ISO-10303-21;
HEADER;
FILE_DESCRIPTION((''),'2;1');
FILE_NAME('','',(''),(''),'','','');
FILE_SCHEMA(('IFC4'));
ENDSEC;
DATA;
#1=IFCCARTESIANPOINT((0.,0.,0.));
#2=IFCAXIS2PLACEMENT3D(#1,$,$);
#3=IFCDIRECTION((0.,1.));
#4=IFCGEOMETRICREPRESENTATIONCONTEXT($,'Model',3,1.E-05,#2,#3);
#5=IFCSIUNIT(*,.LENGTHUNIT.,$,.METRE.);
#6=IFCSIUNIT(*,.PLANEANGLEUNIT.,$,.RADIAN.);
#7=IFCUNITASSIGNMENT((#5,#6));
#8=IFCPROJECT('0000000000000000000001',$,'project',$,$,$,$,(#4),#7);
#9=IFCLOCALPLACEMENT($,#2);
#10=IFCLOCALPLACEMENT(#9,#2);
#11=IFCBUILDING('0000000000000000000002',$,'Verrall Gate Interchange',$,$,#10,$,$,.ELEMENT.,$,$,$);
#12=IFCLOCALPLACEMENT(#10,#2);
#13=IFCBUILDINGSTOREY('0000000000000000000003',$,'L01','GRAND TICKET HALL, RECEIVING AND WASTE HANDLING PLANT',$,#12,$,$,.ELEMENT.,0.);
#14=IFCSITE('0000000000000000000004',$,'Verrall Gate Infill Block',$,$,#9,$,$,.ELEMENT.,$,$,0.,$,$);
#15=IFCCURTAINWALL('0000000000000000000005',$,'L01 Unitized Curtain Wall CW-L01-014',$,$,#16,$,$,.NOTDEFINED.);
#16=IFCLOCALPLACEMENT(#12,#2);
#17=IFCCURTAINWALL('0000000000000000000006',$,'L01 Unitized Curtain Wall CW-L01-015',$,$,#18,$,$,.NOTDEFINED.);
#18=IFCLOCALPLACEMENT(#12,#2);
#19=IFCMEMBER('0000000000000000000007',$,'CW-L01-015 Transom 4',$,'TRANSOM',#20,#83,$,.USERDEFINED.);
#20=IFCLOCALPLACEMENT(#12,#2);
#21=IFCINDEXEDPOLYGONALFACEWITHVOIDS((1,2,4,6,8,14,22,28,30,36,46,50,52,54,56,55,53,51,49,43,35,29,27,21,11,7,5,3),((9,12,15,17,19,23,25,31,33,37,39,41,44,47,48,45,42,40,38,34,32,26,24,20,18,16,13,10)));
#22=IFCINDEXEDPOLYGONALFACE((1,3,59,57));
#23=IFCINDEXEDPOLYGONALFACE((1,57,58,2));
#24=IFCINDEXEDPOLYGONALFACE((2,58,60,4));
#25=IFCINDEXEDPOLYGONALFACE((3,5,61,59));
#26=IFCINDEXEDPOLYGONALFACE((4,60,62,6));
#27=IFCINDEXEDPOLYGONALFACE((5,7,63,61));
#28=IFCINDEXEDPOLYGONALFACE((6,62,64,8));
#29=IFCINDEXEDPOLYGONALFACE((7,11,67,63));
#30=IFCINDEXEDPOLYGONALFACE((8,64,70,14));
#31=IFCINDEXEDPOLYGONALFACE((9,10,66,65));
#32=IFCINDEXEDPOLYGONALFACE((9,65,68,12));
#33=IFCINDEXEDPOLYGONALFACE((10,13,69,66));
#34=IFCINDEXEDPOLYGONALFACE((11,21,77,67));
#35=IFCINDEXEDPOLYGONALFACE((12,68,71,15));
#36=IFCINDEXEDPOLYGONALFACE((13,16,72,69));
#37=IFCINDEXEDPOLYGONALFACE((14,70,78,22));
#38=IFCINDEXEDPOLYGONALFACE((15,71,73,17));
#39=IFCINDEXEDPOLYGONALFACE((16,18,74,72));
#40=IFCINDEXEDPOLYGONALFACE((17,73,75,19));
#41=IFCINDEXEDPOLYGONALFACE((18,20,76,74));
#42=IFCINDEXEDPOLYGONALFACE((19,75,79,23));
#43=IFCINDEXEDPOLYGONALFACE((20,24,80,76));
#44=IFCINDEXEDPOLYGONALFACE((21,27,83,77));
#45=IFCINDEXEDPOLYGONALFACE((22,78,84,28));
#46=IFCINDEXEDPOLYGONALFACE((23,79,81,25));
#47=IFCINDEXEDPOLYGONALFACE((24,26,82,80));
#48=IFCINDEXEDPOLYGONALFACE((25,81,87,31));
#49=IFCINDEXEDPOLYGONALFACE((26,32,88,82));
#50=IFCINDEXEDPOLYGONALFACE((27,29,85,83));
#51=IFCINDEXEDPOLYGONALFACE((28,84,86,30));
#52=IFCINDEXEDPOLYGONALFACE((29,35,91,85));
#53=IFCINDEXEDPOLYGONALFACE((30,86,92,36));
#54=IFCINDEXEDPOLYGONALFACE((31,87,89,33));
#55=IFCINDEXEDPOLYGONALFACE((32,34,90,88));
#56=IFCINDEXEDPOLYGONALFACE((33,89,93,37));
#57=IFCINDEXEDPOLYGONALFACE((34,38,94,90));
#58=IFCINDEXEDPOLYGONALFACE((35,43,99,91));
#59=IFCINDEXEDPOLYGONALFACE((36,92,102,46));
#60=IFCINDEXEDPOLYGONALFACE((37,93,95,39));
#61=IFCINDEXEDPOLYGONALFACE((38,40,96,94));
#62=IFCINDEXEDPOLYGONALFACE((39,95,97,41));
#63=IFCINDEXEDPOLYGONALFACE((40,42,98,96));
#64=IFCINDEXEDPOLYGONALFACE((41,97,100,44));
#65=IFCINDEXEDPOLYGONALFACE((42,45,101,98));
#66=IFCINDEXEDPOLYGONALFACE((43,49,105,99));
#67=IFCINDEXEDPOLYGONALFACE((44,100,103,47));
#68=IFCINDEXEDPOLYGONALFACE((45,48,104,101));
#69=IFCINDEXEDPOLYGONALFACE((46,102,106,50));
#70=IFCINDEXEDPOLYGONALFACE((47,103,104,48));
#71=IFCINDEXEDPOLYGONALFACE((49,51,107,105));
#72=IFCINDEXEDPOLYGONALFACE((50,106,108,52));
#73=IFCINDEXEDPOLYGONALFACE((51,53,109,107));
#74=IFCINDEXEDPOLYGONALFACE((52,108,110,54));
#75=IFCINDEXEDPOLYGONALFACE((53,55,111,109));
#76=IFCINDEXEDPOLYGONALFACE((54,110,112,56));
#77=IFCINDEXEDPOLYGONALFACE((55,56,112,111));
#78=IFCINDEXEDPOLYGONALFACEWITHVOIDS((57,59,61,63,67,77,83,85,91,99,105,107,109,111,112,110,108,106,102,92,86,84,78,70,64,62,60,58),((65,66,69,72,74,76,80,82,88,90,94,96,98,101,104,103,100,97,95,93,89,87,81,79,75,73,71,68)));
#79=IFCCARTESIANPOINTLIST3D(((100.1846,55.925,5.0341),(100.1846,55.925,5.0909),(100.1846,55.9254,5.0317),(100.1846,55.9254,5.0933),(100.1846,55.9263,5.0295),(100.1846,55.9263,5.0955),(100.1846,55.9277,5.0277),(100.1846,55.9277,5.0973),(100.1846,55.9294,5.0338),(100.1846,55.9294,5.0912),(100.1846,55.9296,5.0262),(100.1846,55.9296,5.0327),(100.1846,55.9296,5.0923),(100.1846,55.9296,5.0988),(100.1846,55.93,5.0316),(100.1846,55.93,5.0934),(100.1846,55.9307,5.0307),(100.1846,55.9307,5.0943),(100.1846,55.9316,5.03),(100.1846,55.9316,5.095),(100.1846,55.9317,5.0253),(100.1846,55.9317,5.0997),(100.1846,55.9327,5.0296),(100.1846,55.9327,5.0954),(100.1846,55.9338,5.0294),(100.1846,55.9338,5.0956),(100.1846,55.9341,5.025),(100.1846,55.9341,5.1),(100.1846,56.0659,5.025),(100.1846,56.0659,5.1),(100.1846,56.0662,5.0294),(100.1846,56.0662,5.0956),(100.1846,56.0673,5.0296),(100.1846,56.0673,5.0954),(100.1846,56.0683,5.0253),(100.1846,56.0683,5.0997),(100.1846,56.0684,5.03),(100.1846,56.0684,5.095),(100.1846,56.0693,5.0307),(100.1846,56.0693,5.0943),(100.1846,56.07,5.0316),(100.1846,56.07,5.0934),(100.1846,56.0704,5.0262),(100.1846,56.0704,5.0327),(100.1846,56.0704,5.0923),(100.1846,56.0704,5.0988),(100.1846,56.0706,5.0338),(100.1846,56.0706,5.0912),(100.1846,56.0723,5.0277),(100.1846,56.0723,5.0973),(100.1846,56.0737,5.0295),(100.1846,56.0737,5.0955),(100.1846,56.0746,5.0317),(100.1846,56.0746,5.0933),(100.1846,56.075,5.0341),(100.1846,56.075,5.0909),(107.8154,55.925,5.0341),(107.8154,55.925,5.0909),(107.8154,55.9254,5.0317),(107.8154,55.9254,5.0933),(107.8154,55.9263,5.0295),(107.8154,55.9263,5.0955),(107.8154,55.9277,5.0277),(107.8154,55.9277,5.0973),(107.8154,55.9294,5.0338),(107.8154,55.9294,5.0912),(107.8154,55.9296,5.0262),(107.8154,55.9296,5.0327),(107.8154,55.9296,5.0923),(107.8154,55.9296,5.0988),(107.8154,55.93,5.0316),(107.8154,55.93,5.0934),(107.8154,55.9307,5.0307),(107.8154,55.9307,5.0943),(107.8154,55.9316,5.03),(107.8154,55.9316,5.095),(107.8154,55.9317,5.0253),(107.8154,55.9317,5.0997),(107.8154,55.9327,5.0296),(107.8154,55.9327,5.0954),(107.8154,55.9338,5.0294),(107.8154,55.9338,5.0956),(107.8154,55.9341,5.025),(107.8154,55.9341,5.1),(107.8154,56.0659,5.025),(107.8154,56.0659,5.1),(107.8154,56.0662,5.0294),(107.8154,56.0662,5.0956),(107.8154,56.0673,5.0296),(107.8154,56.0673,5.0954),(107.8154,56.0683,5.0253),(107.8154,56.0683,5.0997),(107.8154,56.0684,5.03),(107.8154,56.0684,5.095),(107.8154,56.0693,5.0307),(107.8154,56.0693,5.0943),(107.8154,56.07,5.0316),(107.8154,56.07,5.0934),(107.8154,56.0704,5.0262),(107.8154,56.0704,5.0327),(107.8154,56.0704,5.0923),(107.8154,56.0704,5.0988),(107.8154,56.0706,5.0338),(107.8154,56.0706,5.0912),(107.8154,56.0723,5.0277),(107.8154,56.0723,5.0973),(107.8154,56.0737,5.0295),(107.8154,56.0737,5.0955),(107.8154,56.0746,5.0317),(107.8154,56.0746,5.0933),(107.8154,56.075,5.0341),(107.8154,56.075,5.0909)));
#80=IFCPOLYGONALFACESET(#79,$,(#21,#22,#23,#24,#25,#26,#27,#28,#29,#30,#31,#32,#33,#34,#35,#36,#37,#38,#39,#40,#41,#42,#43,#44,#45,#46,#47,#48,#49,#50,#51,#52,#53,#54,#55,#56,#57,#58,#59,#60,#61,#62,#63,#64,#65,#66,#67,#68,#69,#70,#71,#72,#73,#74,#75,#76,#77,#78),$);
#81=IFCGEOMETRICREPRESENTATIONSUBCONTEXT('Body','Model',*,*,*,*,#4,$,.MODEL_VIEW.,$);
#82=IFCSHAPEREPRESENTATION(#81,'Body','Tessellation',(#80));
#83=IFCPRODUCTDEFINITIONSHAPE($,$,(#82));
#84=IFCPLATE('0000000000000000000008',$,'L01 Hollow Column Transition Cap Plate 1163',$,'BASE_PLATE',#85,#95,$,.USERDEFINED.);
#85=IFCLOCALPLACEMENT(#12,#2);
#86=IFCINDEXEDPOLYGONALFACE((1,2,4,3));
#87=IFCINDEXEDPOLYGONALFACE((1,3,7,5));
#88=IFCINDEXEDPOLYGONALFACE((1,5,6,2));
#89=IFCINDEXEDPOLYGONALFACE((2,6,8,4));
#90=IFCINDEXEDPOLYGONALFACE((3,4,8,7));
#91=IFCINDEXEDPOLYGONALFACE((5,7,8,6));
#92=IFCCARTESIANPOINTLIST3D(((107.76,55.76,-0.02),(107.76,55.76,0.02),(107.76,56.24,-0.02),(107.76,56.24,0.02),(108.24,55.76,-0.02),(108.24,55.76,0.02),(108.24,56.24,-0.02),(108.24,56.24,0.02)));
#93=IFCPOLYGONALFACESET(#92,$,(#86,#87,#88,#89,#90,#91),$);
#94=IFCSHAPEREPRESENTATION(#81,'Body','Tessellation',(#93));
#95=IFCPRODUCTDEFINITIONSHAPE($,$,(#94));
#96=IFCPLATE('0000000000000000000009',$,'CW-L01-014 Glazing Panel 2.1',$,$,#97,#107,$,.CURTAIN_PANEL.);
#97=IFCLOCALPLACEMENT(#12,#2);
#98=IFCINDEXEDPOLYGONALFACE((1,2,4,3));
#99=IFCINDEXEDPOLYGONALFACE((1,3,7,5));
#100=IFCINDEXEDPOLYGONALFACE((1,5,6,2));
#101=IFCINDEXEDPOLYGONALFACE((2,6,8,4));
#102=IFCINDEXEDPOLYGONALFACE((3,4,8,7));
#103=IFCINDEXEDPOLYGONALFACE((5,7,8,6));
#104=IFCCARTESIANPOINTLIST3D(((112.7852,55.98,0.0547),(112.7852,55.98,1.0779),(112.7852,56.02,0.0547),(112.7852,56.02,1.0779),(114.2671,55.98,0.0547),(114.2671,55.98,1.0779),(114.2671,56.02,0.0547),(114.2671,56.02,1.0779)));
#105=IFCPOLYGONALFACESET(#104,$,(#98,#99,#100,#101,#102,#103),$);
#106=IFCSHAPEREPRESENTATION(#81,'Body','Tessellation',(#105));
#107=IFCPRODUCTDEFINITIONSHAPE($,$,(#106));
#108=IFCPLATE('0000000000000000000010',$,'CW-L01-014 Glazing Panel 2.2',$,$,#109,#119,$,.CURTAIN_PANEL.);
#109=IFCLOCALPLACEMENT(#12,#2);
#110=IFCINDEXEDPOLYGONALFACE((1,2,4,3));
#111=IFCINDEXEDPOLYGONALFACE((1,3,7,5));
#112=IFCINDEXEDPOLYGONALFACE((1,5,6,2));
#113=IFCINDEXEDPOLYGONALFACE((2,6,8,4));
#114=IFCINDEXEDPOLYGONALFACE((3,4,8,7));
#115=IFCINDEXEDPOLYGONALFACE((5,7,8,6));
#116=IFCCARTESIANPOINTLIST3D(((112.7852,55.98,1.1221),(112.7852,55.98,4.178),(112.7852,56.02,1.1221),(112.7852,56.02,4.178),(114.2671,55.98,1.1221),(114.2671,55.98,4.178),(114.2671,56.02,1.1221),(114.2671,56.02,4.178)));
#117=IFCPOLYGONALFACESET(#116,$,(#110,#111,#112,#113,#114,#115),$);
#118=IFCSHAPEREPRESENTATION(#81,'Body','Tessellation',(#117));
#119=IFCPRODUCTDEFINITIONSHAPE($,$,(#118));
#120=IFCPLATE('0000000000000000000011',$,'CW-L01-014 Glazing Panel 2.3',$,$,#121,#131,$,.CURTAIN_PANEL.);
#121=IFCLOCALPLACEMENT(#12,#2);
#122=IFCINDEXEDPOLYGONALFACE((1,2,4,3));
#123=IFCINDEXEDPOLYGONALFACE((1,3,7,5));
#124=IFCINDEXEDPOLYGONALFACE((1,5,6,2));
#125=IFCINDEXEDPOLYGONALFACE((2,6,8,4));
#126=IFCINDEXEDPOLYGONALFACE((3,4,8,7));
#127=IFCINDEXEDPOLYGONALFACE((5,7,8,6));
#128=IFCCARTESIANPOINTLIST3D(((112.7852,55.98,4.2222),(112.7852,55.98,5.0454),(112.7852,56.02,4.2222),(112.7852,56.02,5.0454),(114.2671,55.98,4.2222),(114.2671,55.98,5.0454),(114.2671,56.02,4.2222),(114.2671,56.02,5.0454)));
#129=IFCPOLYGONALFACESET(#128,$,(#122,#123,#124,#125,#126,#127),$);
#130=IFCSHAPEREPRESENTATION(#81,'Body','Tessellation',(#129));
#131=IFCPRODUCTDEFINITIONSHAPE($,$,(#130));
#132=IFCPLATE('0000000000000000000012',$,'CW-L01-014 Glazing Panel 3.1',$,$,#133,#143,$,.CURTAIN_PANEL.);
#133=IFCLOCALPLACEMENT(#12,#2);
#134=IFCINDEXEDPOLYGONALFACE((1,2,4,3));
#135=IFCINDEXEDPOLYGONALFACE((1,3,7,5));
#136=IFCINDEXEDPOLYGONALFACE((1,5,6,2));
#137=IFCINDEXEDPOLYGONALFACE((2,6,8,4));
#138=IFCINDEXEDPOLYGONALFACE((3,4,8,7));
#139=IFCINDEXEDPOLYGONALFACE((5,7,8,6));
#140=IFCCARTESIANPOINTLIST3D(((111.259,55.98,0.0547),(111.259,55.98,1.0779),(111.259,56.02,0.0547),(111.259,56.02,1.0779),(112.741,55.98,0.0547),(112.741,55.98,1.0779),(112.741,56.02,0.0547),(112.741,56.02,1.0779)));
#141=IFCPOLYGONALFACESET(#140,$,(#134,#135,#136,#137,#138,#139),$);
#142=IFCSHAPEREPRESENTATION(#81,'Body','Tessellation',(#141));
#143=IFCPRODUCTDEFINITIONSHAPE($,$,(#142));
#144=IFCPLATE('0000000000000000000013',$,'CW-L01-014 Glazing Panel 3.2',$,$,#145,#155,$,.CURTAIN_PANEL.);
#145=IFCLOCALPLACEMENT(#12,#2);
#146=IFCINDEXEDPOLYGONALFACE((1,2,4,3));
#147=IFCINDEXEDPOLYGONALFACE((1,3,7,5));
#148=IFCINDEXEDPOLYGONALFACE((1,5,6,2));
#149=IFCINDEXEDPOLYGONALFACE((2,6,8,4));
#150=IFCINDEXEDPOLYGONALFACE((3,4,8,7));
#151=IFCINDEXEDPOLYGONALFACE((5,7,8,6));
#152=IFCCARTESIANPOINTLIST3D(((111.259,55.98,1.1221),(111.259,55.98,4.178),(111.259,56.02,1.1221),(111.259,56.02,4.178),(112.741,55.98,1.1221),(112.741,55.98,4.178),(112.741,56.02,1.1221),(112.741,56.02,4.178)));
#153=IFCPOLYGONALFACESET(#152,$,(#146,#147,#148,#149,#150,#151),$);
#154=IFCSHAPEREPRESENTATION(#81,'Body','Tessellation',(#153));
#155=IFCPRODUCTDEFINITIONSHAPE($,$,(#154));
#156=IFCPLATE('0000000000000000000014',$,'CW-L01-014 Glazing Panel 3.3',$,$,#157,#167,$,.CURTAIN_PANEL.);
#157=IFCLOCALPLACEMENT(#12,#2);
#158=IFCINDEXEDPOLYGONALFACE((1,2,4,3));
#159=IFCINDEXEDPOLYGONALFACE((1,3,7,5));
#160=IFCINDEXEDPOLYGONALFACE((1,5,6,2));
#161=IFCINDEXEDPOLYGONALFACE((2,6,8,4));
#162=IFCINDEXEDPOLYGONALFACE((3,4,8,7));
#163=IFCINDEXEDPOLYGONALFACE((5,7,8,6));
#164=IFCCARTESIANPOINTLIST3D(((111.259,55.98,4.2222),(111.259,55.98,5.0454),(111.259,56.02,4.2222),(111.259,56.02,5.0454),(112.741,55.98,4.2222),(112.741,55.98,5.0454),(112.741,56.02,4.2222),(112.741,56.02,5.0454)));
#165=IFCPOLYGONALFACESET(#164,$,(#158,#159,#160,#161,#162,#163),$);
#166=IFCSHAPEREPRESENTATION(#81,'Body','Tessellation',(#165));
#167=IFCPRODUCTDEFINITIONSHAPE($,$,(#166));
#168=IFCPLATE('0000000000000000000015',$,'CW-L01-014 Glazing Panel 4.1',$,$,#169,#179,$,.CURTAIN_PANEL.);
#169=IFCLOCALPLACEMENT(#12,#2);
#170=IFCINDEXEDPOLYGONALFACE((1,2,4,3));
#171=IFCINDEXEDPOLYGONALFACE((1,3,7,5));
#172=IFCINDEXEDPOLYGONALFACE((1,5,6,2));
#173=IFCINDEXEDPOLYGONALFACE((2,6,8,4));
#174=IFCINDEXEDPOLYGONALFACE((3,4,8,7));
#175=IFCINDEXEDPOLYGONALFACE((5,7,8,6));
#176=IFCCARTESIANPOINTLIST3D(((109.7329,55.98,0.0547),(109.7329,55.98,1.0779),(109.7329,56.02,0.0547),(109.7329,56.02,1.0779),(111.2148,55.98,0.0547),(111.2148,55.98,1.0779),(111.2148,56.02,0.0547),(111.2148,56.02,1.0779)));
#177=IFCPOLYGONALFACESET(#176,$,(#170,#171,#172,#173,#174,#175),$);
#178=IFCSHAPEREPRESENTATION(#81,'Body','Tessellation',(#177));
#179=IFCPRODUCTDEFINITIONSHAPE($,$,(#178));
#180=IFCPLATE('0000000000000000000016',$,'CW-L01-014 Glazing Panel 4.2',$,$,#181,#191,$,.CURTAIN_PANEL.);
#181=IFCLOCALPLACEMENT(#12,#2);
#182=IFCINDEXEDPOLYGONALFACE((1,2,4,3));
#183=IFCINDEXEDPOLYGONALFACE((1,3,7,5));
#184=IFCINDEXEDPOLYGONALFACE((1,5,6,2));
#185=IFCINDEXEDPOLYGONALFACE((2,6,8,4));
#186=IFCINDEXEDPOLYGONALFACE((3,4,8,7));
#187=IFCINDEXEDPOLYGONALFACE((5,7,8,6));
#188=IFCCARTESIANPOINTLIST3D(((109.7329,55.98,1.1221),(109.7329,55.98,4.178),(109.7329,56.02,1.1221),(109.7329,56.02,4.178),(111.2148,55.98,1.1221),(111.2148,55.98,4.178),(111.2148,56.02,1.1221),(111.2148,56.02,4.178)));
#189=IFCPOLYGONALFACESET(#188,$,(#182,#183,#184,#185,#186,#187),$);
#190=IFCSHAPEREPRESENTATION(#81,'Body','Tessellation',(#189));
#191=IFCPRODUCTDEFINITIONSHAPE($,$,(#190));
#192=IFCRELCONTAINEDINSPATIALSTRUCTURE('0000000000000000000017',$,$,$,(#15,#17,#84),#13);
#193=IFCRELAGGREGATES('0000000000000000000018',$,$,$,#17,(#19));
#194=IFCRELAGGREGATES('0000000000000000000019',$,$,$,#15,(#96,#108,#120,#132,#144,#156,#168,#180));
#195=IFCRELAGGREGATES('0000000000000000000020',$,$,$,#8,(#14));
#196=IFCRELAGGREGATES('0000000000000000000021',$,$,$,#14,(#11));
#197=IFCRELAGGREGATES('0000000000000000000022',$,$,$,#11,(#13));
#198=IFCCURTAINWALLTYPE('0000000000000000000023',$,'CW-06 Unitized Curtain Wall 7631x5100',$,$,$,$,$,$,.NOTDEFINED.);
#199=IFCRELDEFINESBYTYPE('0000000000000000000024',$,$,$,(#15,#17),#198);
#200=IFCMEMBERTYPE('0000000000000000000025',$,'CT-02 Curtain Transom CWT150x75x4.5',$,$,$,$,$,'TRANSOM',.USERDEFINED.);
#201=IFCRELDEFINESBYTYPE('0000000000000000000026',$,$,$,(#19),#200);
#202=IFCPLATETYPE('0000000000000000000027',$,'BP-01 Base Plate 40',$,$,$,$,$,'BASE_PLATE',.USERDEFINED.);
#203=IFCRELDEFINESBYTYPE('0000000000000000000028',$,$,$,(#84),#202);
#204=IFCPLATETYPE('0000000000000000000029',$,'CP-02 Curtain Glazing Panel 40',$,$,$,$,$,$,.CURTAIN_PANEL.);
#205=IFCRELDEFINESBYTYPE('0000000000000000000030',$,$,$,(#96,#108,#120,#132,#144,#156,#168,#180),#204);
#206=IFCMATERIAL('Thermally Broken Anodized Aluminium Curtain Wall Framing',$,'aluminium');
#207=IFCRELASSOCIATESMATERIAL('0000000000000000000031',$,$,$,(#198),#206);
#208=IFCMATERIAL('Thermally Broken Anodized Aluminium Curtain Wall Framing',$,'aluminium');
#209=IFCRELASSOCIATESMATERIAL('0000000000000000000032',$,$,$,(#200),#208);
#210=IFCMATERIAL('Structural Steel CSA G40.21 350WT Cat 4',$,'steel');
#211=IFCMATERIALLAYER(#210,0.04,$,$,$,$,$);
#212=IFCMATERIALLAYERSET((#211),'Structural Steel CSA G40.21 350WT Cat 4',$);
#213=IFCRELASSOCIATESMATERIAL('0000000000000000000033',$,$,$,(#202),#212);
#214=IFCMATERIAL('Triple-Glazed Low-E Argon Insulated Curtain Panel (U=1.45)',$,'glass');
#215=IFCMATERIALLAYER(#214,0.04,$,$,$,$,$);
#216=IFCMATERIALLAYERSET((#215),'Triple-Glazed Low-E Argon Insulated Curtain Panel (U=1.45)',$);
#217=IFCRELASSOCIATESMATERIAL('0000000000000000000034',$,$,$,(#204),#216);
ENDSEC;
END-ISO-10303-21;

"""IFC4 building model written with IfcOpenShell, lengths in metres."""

from ifc_helpers import new_model, si_unit, direction, frame, origin, origin_2d, place, context, subcontext, project, spatial, rectangle, hollow_rectangle, extrude, material, layer, layer_set, material_profile, profile_set, type_object, element, aggregate, save


model = new_model("IFC4")

# Units and contexts
model_context = context("Model", 3, precision=1e-05, world=origin(), true_north=direction((0.0, 1.0)))
body_context = subcontext(model_context, "Body", "Model", "MODEL_VIEW")
ifc_project = project(units=[si_unit("LENGTHUNIT", "METRE"), si_unit("PLANEANGLEUNIT", "RADIAN")], contexts=[model_context])

# Site, building, storey
site_placement = place(None, origin())
site = spatial("IfcSite", under=ifc_project, at=site_placement, Name="Verrall Gate Infill Block", CompositionType="ELEMENT", RefElevation=0.0)
building_placement = place(site_placement, origin())
building = spatial("IfcBuilding", under=site, at=building_placement, Name="Verrall Gate Interchange", CompositionType="ELEMENT")
storey_placement = place(building_placement, origin())
storey = spatial("IfcBuildingStorey", under=building, at=storey_placement, Name="L01", Description="GRAND TICKET HALL, RECEIVING AND WASTE HANDLING PLANT", CompositionType="ELEMENT", Elevation=0.0)

# Curtain wall
ifc_material_1 = material(Name="Thermally Broken Anodized Aluminium Curtain Wall Framing", Category="aluminium")
curtain_wall_type = type_object("IfcCurtainWallType", Name="CW-06 Unitized Curtain Wall 7631x5100", PredefinedType="NOTDEFINED", material=ifc_material_1)
curtain_wall_1_placement = place(storey_placement, origin())
curtain_wall_1 = element("IfcCurtainWall", 1, at=curtain_wall_1_placement, inside=storey, type_object=curtain_wall_type, Name="L01 Unitized Curtain Wall CW-L01-014", PredefinedType="NOTDEFINED")

# Curtain wall, member
curtain_wall_2_placement = place(storey_placement, origin())
curtain_wall_2 = element("IfcCurtainWall", 2, at=curtain_wall_2_placement, inside=storey, type_object=curtain_wall_type, Name="L01 Unitized Curtain Wall CW-L01-015", PredefinedType="NOTDEFINED")
ifc_material_2 = material(Name="Thermally Broken Anodized Aluminium Curtain Wall Framing", Category="aluminium")
ifc_material_profile_1 = material_profile(ifc_material_2, hollow_rectangle(XDim=0.1499, YDim=0.075, WallThickness=0.0044, InnerFilletRadius=0.0044, OuterFilletRadius=0.009, at=origin_2d()), Name="CWT150x75x4.5")
ifc_profile_set_1 = profile_set([ifc_material_profile_1], Name="Thermally Broken Anodized Aluminium Curtain Wall Framing")
member_type_1 = type_object("IfcMemberType", Name="CT-02 Curtain Transom CWT150x75x4.5", ElementType="TRANSOM", PredefinedType="USERDEFINED", material=ifc_profile_set_1)
member_1_placement = place(storey_placement, frame((107.8154, 56.0, 5.0625), z_axis=(-1.0, 0.0, 0.0), x_axis=(0.0, -1.0, 0.0)))
member_1 = element("IfcMember", 3, at=member_1_placement, type_object=member_type_1, Name="CW-L01-015 Transom 4", ObjectType="TRANSOM", PredefinedType="USERDEFINED", context=body_context, shape_type="SweptSolid", body=[
    extrude(hollow_rectangle(XDim=0.1499, YDim=0.075, WallThickness=0.0044, InnerFilletRadius=0.0044, OuterFilletRadius=0.009, at=origin_2d()), origin(), (0.0, 0.0, 1.0), 7.6309),
])
aggregate(curtain_wall_2, [member_1])

# Plates
ifc_material_3 = material(Name="Structural Steel CSA G40.21 350WT Cat 4", Category="steel")
ifc_layer_1 = layer(ifc_material_3, 0.04)
ifc_layer_set_1 = layer_set([ifc_layer_1], Name="Structural Steel CSA G40.21 350WT Cat 4")
plate_type_1 = type_object("IfcPlateType", Name="BP-01 Base Plate 40", ElementType="BASE_PLATE", PredefinedType="USERDEFINED", material=ifc_layer_set_1)
plate_1_placement = place(storey_placement, frame((108.0, 56.0, -0.02), z_axis=(0.0, 0.0, 1.0), x_axis=(1.0, 0.0, 0.0)))
element("IfcPlate", 4, at=plate_1_placement, inside=storey, type_object=plate_type_1, Name="L01 Hollow Column Transition Cap Plate 1163", ObjectType="BASE_PLATE", PredefinedType="USERDEFINED", context=body_context, shape_type="SweptSolid", body=[
    extrude(rectangle(XDim=0.48, YDim=0.48, at=origin_2d()), origin(), (0.0, 0.0, 1.0), 0.04),
])
ifc_material_4 = material(Name="Triple-Glazed Low-E Argon Insulated Curtain Panel (U=1.45)", Category="glass")
ifc_layer_2 = layer(ifc_material_4, 0.04)
ifc_layer_set_2 = layer_set([ifc_layer_2], Name="Triple-Glazed Low-E Argon Insulated Curtain Panel (U=1.45)")
plate_type_2 = type_object("IfcPlateType", Name="CP-02 Curtain Glazing Panel 40", PredefinedType="CURTAIN_PANEL", material=ifc_layer_set_2)
plate_2_placement = place(storey_placement, frame((113.5261, 56.0, 0.0547), z_axis=(0.0, 0.0, 1.0), x_axis=(-1.0, 0.0, 0.0)))
plate_2 = element("IfcPlate", 5, at=plate_2_placement, type_object=plate_type_2, Name="CW-L01-014 Glazing Panel 2.1", PredefinedType="CURTAIN_PANEL", context=body_context, shape_type="SweptSolid", body=[
    extrude(rectangle(XDim=1.4819, YDim=0.04, at=origin_2d()), origin(), (0.0, 0.0, 1.0), 1.0232),
])
plate_3_placement = place(storey_placement, frame((113.5261, 56.0, 1.1221), z_axis=(0.0, 0.0, 1.0), x_axis=(-1.0, 0.0, 0.0)))
plate_3 = element("IfcPlate", 6, at=plate_3_placement, type_object=plate_type_2, Name="CW-L01-014 Glazing Panel 2.2", PredefinedType="CURTAIN_PANEL", context=body_context, shape_type="SweptSolid", body=[
    extrude(rectangle(XDim=1.4819, YDim=0.04, at=origin_2d()), origin(), (0.0, 0.0, 1.0), 3.0559),
])
plate_4_placement = place(storey_placement, frame((113.5261, 56.0, 4.2222), z_axis=(0.0, 0.0, 1.0), x_axis=(-1.0, 0.0, 0.0)))
plate_4 = element("IfcPlate", 7, at=plate_4_placement, type_object=plate_type_2, Name="CW-L01-014 Glazing Panel 2.3", PredefinedType="CURTAIN_PANEL", context=body_context, shape_type="SweptSolid", body=[
    extrude(rectangle(XDim=1.4819, YDim=0.04, at=origin_2d()), origin(), (0.0, 0.0, 1.0), 0.8232),
])
plate_5_placement = place(storey_placement, frame((112.0, 56.0, 0.0547), z_axis=(0.0, 0.0, 1.0), x_axis=(-1.0, 0.0, 0.0)))
plate_5 = element("IfcPlate", 8, at=plate_5_placement, type_object=plate_type_2, Name="CW-L01-014 Glazing Panel 3.1", PredefinedType="CURTAIN_PANEL", context=body_context, shape_type="SweptSolid", body=[
    extrude(rectangle(XDim=1.4819, YDim=0.04, at=origin_2d()), origin(), (0.0, 0.0, 1.0), 1.0232),
])
plate_6_placement = place(storey_placement, frame((112.0, 56.0, 1.1221), z_axis=(0.0, 0.0, 1.0), x_axis=(-1.0, 0.0, 0.0)))
plate_6 = element("IfcPlate", 9, at=plate_6_placement, type_object=plate_type_2, Name="CW-L01-014 Glazing Panel 3.2", PredefinedType="CURTAIN_PANEL", context=body_context, shape_type="SweptSolid", body=[
    extrude(rectangle(XDim=1.4819, YDim=0.04, at=origin_2d()), origin(), (0.0, 0.0, 1.0), 3.0559),
])
plate_7_placement = place(storey_placement, frame((112.0, 56.0, 4.2222), z_axis=(0.0, 0.0, 1.0), x_axis=(-1.0, 0.0, 0.0)))
plate_7 = element("IfcPlate", 10, at=plate_7_placement, type_object=plate_type_2, Name="CW-L01-014 Glazing Panel 3.3", PredefinedType="CURTAIN_PANEL", context=body_context, shape_type="SweptSolid", body=[
    extrude(rectangle(XDim=1.4819, YDim=0.04, at=origin_2d()), origin(), (0.0, 0.0, 1.0), 0.8232),
])
plate_8_placement = place(storey_placement, frame((110.4739, 56.0, 0.0547), z_axis=(0.0, 0.0, 1.0), x_axis=(-1.0, 0.0, 0.0)))
plate_8 = element("IfcPlate", 11, at=plate_8_placement, type_object=plate_type_2, Name="CW-L01-014 Glazing Panel 4.1", PredefinedType="CURTAIN_PANEL", context=body_context, shape_type="SweptSolid", body=[
    extrude(rectangle(XDim=1.4819, YDim=0.04, at=origin_2d()), origin(), (0.0, 0.0, 1.0), 1.0232),
])
plate_9_placement = place(storey_placement, frame((110.4739, 56.0, 1.1221), z_axis=(0.0, 0.0, 1.0), x_axis=(-1.0, 0.0, 0.0)))
plate_9 = element("IfcPlate", 12, at=plate_9_placement, type_object=plate_type_2, Name="CW-L01-014 Glazing Panel 4.2", PredefinedType="CURTAIN_PANEL", context=body_context, shape_type="SweptSolid", body=[
    extrude(rectangle(XDim=1.4819, YDim=0.04, at=origin_2d()), origin(), (0.0, 0.0, 1.0), 3.0559),
])
aggregate(curtain_wall_1, [plate_2, plate_3, plate_4, plate_5, plate_6, plate_7, plate_8, plate_9])

save(model, "model.ifc")
